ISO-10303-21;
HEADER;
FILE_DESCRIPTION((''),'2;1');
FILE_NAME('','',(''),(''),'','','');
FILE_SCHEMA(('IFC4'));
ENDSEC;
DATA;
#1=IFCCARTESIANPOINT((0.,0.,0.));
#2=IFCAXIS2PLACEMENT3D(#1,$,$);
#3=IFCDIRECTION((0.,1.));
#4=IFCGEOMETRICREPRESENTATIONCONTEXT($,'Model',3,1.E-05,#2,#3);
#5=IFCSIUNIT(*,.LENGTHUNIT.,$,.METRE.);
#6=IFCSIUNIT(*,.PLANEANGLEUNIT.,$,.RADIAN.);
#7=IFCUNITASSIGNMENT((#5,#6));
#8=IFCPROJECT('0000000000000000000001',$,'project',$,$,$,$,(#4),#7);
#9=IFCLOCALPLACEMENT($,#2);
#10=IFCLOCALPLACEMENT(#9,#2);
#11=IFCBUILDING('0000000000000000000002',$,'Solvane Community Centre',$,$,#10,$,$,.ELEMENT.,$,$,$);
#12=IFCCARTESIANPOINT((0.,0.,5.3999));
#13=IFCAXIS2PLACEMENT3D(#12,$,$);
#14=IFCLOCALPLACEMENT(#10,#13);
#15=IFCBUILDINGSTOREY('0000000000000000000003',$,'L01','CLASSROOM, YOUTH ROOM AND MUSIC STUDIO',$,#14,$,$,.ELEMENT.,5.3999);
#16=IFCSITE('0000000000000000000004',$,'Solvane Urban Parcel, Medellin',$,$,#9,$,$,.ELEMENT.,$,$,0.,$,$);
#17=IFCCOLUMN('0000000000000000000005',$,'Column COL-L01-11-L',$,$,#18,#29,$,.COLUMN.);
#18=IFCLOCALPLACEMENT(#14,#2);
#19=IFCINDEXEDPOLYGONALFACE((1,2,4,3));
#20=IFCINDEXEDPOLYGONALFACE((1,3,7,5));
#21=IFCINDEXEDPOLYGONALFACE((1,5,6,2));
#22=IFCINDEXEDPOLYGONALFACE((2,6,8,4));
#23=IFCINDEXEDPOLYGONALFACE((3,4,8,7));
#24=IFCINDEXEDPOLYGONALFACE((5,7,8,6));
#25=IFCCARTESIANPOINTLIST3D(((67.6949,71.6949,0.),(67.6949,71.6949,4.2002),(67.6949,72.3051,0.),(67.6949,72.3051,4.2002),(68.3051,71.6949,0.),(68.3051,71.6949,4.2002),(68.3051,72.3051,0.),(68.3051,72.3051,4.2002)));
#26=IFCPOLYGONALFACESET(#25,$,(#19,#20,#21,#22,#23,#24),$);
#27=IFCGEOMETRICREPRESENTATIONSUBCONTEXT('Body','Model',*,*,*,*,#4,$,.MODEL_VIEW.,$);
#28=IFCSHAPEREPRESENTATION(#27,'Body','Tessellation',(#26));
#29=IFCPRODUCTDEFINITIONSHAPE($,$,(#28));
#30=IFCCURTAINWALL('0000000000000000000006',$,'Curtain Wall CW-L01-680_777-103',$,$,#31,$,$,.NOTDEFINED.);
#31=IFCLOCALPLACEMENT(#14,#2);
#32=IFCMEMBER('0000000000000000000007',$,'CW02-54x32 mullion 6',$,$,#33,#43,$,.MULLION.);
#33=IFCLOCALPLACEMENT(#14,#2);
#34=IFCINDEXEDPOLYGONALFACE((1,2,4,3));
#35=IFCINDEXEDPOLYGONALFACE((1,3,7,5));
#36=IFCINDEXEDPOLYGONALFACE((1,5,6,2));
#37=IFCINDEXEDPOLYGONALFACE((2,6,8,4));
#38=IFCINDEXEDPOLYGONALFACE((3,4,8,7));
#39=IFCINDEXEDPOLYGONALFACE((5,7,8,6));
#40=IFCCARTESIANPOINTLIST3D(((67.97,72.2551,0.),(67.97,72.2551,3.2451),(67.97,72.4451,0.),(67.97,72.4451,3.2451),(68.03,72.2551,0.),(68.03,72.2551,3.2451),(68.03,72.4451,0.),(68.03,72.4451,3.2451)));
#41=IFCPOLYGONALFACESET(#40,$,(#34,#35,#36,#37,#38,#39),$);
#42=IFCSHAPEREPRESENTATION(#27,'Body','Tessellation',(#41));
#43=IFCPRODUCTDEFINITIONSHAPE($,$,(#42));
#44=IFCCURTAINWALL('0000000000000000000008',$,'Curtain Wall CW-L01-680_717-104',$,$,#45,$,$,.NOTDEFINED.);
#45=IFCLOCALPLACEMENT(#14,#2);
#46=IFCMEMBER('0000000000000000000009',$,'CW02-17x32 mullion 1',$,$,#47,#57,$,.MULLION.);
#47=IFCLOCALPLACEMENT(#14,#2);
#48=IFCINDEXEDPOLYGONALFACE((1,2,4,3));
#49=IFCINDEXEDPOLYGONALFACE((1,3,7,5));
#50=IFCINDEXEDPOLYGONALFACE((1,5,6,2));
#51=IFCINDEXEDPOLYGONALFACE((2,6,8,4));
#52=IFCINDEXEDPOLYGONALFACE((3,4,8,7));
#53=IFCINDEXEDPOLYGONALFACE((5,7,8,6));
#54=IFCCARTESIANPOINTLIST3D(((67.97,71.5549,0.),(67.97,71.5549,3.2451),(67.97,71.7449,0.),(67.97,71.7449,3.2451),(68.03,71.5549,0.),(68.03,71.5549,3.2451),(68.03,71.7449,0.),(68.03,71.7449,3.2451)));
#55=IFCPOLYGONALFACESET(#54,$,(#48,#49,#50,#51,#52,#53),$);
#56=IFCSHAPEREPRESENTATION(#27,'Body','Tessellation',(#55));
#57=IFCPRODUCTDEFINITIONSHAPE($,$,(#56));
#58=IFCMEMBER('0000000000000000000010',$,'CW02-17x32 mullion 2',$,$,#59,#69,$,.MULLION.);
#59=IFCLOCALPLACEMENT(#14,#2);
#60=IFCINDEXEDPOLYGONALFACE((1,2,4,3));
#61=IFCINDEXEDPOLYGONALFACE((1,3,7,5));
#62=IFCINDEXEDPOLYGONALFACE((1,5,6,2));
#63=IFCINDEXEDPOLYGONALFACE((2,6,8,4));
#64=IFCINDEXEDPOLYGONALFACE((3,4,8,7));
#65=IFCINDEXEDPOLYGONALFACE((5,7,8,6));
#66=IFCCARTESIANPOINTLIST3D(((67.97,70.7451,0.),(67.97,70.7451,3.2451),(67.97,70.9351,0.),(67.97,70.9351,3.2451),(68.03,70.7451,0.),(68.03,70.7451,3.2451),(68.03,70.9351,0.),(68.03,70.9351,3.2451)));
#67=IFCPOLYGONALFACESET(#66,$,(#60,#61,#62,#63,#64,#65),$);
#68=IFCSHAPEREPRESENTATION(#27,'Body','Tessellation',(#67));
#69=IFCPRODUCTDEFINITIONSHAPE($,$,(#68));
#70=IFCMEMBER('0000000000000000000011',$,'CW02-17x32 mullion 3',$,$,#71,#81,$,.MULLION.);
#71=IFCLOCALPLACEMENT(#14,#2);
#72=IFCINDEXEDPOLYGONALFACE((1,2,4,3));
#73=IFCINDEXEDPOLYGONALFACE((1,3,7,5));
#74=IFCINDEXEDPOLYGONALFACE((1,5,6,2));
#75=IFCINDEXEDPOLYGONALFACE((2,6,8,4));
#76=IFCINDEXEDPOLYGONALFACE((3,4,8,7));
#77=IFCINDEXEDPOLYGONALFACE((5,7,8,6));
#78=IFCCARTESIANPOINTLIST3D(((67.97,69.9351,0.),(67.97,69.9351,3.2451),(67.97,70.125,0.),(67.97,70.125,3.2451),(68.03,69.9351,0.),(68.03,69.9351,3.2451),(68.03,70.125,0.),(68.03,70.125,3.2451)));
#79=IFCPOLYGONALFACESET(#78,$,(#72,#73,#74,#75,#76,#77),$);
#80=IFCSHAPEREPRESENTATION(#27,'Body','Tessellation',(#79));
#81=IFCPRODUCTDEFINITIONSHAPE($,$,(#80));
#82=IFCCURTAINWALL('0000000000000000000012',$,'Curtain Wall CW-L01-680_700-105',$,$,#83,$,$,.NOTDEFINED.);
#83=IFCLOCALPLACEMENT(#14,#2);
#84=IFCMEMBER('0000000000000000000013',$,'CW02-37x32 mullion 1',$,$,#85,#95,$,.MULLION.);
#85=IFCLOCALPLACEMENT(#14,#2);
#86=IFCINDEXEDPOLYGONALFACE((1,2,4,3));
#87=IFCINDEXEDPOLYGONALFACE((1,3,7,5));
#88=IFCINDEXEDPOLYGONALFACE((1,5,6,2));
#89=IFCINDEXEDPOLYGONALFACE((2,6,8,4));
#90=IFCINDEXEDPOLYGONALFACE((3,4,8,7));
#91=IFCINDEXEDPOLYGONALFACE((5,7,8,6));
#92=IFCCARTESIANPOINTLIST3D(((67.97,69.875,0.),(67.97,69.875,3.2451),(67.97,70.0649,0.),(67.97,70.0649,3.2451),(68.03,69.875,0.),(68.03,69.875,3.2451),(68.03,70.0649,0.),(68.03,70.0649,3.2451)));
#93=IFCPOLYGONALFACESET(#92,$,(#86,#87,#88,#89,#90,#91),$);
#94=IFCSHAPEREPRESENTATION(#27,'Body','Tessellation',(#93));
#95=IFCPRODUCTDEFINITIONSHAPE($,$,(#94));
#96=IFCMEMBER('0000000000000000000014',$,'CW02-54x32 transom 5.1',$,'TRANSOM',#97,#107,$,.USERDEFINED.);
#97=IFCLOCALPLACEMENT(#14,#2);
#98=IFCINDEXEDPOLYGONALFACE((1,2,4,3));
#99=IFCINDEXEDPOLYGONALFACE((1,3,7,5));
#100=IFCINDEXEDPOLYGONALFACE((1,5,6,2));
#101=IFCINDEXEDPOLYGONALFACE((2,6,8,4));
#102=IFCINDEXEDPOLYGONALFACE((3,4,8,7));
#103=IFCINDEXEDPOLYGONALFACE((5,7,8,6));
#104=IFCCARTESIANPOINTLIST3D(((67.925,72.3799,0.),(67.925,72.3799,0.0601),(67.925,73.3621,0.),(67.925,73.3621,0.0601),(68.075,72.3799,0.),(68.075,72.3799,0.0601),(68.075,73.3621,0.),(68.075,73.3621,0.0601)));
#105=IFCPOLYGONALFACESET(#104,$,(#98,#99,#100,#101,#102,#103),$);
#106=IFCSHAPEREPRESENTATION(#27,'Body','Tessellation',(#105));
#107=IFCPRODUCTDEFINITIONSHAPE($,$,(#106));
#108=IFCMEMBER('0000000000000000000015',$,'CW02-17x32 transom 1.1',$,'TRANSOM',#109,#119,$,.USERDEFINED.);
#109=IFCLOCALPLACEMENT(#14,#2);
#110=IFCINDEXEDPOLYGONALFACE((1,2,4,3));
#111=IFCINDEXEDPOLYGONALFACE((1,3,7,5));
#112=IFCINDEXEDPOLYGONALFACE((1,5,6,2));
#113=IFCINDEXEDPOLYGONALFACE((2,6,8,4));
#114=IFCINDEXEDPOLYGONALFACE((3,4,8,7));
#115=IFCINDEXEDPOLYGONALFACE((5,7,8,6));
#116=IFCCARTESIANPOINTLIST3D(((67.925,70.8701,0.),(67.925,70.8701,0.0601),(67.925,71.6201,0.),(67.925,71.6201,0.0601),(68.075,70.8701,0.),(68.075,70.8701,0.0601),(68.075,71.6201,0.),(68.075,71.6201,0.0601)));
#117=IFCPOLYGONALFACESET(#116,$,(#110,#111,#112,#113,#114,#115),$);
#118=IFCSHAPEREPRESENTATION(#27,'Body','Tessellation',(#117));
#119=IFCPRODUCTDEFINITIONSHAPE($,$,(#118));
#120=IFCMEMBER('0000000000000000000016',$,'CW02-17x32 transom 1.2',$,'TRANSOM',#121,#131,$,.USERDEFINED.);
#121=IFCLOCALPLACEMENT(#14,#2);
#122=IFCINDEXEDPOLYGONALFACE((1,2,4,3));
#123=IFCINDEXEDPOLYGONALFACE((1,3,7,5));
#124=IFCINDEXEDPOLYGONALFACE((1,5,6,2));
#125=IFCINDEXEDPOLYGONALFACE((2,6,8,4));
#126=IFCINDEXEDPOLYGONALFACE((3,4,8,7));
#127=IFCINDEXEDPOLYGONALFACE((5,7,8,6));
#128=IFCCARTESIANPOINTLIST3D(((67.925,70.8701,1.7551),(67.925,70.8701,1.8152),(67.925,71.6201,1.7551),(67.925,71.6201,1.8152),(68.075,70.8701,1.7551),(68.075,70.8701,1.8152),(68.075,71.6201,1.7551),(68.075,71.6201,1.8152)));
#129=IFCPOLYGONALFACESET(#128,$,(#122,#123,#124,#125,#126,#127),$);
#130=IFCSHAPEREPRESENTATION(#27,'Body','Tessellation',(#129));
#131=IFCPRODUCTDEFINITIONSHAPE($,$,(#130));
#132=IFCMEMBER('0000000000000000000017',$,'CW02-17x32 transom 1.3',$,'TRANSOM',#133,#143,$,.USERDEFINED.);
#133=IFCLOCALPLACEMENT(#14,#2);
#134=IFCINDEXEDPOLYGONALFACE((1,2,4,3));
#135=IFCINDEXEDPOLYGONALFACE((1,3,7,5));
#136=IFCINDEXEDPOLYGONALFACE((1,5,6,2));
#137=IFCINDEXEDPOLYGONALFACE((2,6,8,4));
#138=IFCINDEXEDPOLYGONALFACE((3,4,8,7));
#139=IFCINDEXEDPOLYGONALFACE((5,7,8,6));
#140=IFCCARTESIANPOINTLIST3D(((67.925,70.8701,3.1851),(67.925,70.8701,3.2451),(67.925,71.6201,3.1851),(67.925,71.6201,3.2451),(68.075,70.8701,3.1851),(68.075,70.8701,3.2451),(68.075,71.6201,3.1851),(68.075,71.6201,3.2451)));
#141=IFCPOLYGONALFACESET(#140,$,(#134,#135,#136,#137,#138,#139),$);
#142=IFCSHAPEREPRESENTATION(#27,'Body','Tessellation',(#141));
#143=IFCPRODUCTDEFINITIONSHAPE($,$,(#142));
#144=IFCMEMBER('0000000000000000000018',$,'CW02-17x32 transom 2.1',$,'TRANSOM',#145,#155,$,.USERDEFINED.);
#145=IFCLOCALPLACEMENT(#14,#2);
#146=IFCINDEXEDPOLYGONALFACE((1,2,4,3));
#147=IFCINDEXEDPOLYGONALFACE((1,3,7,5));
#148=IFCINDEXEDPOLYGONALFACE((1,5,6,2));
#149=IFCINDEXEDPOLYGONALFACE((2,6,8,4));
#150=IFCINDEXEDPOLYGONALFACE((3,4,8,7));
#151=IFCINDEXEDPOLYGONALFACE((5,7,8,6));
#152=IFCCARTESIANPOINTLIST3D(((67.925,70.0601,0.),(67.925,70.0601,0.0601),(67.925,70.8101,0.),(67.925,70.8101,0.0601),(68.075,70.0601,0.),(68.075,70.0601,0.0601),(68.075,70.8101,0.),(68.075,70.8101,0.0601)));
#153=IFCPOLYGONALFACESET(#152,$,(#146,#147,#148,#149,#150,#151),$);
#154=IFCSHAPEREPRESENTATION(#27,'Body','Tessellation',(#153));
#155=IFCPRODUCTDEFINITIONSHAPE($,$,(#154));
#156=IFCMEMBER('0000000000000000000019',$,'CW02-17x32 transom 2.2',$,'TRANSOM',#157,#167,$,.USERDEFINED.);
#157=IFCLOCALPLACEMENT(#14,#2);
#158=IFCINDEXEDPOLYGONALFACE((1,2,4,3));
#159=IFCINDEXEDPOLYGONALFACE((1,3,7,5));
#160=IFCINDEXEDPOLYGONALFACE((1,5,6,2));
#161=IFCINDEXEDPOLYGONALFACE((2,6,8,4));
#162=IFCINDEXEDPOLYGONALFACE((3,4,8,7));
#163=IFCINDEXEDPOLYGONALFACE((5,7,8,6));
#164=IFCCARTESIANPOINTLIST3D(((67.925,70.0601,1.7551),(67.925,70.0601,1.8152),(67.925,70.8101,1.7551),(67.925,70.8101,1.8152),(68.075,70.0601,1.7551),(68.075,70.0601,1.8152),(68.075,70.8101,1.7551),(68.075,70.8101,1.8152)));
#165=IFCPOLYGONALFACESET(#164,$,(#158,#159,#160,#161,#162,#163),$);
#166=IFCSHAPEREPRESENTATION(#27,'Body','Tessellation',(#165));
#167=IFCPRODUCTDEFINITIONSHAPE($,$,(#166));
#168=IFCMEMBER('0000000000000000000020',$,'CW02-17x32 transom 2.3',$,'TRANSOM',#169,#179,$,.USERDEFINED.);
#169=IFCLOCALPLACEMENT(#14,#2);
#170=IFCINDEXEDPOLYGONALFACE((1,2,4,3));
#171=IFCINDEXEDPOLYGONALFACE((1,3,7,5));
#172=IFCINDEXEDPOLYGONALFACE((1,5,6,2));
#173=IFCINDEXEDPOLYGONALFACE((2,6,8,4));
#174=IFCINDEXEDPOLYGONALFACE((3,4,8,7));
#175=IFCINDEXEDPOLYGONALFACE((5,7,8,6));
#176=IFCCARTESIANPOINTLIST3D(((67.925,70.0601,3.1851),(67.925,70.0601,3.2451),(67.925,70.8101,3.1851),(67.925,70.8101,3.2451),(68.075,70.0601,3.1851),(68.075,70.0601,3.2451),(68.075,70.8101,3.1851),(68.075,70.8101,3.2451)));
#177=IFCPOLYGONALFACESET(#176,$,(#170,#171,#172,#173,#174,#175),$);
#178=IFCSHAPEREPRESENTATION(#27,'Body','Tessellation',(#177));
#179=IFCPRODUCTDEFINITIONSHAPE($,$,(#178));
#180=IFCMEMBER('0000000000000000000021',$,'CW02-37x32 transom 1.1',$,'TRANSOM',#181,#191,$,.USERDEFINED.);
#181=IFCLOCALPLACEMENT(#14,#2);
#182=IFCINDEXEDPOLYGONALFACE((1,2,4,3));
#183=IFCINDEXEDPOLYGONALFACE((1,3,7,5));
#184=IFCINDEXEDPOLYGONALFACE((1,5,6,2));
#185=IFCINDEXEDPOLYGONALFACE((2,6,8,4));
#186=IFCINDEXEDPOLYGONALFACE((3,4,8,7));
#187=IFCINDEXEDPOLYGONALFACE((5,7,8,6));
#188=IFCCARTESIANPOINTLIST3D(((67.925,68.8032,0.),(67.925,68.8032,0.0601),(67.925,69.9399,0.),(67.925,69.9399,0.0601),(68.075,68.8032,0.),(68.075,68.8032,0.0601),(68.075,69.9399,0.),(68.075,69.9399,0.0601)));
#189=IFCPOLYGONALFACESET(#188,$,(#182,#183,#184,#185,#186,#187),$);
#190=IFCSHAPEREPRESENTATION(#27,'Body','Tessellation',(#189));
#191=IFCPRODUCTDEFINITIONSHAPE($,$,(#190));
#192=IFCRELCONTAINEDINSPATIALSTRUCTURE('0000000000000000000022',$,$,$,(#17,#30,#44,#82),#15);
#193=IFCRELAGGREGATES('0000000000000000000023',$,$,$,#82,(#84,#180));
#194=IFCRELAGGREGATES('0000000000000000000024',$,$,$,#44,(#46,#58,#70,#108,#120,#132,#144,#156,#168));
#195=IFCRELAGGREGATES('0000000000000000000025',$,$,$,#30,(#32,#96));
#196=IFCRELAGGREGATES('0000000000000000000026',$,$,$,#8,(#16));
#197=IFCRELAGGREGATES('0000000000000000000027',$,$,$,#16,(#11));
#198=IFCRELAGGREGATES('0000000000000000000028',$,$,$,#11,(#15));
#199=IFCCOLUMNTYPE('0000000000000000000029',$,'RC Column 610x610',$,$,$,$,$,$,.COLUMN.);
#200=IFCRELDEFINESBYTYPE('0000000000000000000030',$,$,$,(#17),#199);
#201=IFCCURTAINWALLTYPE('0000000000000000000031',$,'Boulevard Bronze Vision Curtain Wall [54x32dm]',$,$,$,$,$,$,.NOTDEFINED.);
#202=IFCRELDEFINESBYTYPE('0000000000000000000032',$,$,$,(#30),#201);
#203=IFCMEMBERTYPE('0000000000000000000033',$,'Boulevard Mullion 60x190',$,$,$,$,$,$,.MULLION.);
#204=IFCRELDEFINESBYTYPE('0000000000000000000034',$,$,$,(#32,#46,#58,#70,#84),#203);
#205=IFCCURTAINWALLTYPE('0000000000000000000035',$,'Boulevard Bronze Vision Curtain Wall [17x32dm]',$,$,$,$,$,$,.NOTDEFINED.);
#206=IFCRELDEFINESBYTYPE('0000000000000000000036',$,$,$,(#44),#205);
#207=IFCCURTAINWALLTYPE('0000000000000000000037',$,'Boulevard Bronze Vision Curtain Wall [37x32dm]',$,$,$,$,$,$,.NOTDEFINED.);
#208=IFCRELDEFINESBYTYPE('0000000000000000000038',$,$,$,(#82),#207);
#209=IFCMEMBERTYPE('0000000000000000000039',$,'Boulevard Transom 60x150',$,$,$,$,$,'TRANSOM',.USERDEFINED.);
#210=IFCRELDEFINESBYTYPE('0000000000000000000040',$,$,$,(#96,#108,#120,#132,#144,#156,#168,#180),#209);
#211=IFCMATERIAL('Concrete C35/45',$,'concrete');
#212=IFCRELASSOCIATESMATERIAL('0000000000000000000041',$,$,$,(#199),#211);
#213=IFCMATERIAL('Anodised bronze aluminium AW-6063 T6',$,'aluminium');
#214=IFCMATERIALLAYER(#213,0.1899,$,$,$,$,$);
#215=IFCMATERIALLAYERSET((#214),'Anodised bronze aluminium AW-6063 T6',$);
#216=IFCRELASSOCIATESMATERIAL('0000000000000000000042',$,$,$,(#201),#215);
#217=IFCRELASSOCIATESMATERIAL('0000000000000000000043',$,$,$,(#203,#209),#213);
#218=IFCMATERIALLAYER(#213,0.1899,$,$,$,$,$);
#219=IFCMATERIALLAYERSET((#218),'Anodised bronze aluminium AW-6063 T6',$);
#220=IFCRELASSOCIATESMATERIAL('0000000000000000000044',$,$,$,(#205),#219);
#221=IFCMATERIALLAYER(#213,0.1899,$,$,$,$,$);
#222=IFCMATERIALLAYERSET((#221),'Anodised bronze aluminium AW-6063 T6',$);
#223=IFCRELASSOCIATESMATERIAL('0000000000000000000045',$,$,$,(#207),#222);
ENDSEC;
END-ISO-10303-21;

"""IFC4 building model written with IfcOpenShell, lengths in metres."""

from ifc_helpers import new_model, si_unit, direction, frame, origin, origin_2d, place, context, subcontext, project, spatial, rectangle, extrude, material, layer, layer_set, material_profile, profile_set, type_object, element, aggregate, save


model = new_model("IFC4")

# Units and contexts
model_context = context("Model", 3, precision=1e-05, world=origin(), true_north=direction((0.0, 1.0)))
body_context = subcontext(model_context, "Body", "Model", "MODEL_VIEW")
ifc_project = project(units=[si_unit("LENGTHUNIT", "METRE"), si_unit("PLANEANGLEUNIT", "RADIAN")], contexts=[model_context])

# Site, building, storey
site_placement = place(None, origin())
site = spatial("IfcSite", under=ifc_project, at=site_placement, Name="Solvane Urban Parcel, Medellin", CompositionType="ELEMENT", RefElevation=0.0)
building_placement = place(site_placement, origin())
building = spatial("IfcBuilding", under=site, at=building_placement, Name="Solvane Community Centre", CompositionType="ELEMENT")
storey_placement = place(building_placement, frame((0.0, 0.0, 5.3999)))
storey = spatial("IfcBuildingStorey", under=building, at=storey_placement, Name="L01", Description="CLASSROOM, YOUTH ROOM AND MUSIC STUDIO", CompositionType="ELEMENT", Elevation=5.3999)

# Column
ifc_material_1 = material(Name="Concrete C35/45", Category="concrete")
ifc_material_profile_1 = material_profile(ifc_material_1, rectangle(XDim=0.6101, YDim=0.6101, at=origin_2d()), Name="RC 610x610")
ifc_profile_set_1 = profile_set([ifc_material_profile_1], Name="Concrete C35/45")
column_type = type_object("IfcColumnType", Name="RC Column 610x610", PredefinedType="COLUMN", material=ifc_profile_set_1)
column_placement = place(storey_placement, frame((68.0, 72.0, 0.0), z_axis=(0.0, 0.0, 1.0), x_axis=(1.0, 0.0, 0.0)))
element("IfcColumn", 1, at=column_placement, inside=storey, type_object=column_type, Name="Column COL-L01-11-L", PredefinedType="COLUMN", context=body_context, shape_type="SweptSolid", body=[
    extrude(rectangle(XDim=0.6101, YDim=0.6101, at=origin_2d()), origin(), (0.0, 0.0, 1.0), 4.2002),
])

# Curtain wall, member
ifc_material_2 = material(Name="Anodised bronze aluminium AW-6063 T6", Category="aluminium")
ifc_layer_1 = layer(ifc_material_2, 0.1899)
ifc_layer_set_1 = layer_set([ifc_layer_1], Name="Anodised bronze aluminium AW-6063 T6")
curtain_wall_type_1 = type_object("IfcCurtainWallType", Name="Boulevard Bronze Vision Curtain Wall [54x32dm]", PredefinedType="NOTDEFINED", material=ifc_layer_set_1)
curtain_wall_1_placement = place(storey_placement, origin())
curtain_wall_1 = element("IfcCurtainWall", 2, at=curtain_wall_1_placement, inside=storey, type_object=curtain_wall_type_1, Name="Curtain Wall CW-L01-680_777-103", PredefinedType="NOTDEFINED")
ifc_material_profile_2 = material_profile(ifc_material_2, rectangle(XDim=0.0601, YDim=0.1899, at=origin_2d()), Name="CW-M 60x190")
ifc_profile_set_2 = profile_set([ifc_material_profile_2], Name="Anodised bronze aluminium AW-6063 T6")
member_type_1 = type_object("IfcMemberType", Name="Boulevard Mullion 60x190", PredefinedType="MULLION", material=ifc_profile_set_2)
member_1_placement = place(storey_placement, frame((68.0, 72.3501, 0.0), z_axis=(0.0, 0.0, 1.0), x_axis=(1.0, 0.0, 0.0)))
member_1 = element("IfcMember", 3, at=member_1_placement, type_object=member_type_1, Name="CW02-54x32 mullion 6", PredefinedType="MULLION", context=body_context, shape_type="SweptSolid", body=[
    extrude(rectangle(XDim=0.0601, YDim=0.1899, at=origin_2d()), origin(), (0.0, 0.0, 1.0), 3.2451),
])

# Curtain wall, members
ifc_layer_2 = layer(ifc_material_2, 0.1899)
ifc_layer_set_2 = layer_set([ifc_layer_2], Name="Anodised bronze aluminium AW-6063 T6")
curtain_wall_type_2 = type_object("IfcCurtainWallType", Name="Boulevard Bronze Vision Curtain Wall [17x32dm]", PredefinedType="NOTDEFINED", material=ifc_layer_set_2)
curtain_wall_2_placement = place(storey_placement, origin())
curtain_wall_2 = element("IfcCurtainWall", 4, at=curtain_wall_2_placement, inside=storey, type_object=curtain_wall_type_2, Name="Curtain Wall CW-L01-680_717-104", PredefinedType="NOTDEFINED")
member_2_placement = place(storey_placement, frame((68.0, 71.6499, 0.0), z_axis=(0.0, 0.0, 1.0), x_axis=(1.0, 0.0, 0.0)))
member_2 = element("IfcMember", 5, at=member_2_placement, type_object=member_type_1, Name="CW02-17x32 mullion 1", PredefinedType="MULLION", context=body_context, shape_type="SweptSolid", body=[
    extrude(rectangle(XDim=0.0601, YDim=0.1899, at=origin_2d()), origin(), (0.0, 0.0, 1.0), 3.2451),
])
member_3_placement = place(storey_placement, frame((68.0, 70.8401, 0.0), z_axis=(0.0, 0.0, 1.0), x_axis=(1.0, 0.0, 0.0)))
member_3 = element("IfcMember", 6, at=member_3_placement, type_object=member_type_1, Name="CW02-17x32 mullion 2", PredefinedType="MULLION", context=body_context, shape_type="SweptSolid", body=[
    extrude(rectangle(XDim=0.0601, YDim=0.1899, at=origin_2d()), origin(), (0.0, 0.0, 1.0), 3.2451),
])
member_4_placement = place(storey_placement, frame((68.0, 70.03, 0.0), z_axis=(0.0, 0.0, 1.0), x_axis=(1.0, 0.0, 0.0)))
member_4 = element("IfcMember", 7, at=member_4_placement, type_object=member_type_1, Name="CW02-17x32 mullion 3", PredefinedType="MULLION", context=body_context, shape_type="SweptSolid", body=[
    extrude(rectangle(XDim=0.0601, YDim=0.1899, at=origin_2d()), origin(), (0.0, 0.0, 1.0), 3.2451),
])

# Curtain wall, member
ifc_layer_3 = layer(ifc_material_2, 0.1899)
ifc_layer_set_3 = layer_set([ifc_layer_3], Name="Anodised bronze aluminium AW-6063 T6")
curtain_wall_type_3 = type_object("IfcCurtainWallType", Name="Boulevard Bronze Vision Curtain Wall [37x32dm]", PredefinedType="NOTDEFINED", material=ifc_layer_set_3)
curtain_wall_3_placement = place(storey_placement, origin())
curtain_wall_3 = element("IfcCurtainWall", 8, at=curtain_wall_3_placement, inside=storey, type_object=curtain_wall_type_3, Name="Curtain Wall CW-L01-680_700-105", PredefinedType="NOTDEFINED")
member_5_placement = place(storey_placement, frame((68.0, 69.97, 0.0), z_axis=(0.0, 0.0, 1.0), x_axis=(1.0, 0.0, 0.0)))
member_5 = element("IfcMember", 9, at=member_5_placement, type_object=member_type_1, Name="CW02-37x32 mullion 1", PredefinedType="MULLION", context=body_context, shape_type="SweptSolid", body=[
    extrude(rectangle(XDim=0.0601, YDim=0.1899, at=origin_2d()), origin(), (0.0, 0.0, 1.0), 3.2451),
])

# Members
ifc_material_profile_3 = material_profile(ifc_material_2, rectangle(XDim=0.1499, YDim=0.0601, at=origin_2d()), Name="CW-T 60x150")
ifc_profile_set_3 = profile_set([ifc_material_profile_3], Name="Anodised bronze aluminium AW-6063 T6")
member_type_2 = type_object("IfcMemberType", Name="Boulevard Transom 60x150", ElementType="TRANSOM", PredefinedType="USERDEFINED", material=ifc_profile_set_3)
member_6_placement = place(storey_placement, frame((68.0, 73.3621, 0.03), z_axis=(0.0, -1.0, 0.0), x_axis=(1.0, 0.0, 0.0)))
member_6 = element("IfcMember", 10, at=member_6_placement, type_object=member_type_2, Name="CW02-54x32 transom 5.1", ObjectType="TRANSOM", PredefinedType="USERDEFINED", context=body_context, shape_type="SweptSolid", body=[
    extrude(rectangle(XDim=0.1499, YDim=0.0601, at=origin_2d()), origin(), (0.0, 0.0, 1.0), 0.9822),
])
member_7_placement = place(storey_placement, frame((68.0, 71.6201, 0.03), z_axis=(0.0, -1.0, 0.0), x_axis=(1.0, 0.0, 0.0)))
member_7 = element("IfcMember", 11, at=member_7_placement, type_object=member_type_2, Name="CW02-17x32 transom 1.1", ObjectType="TRANSOM", PredefinedType="USERDEFINED", context=body_context, shape_type="SweptSolid", body=[
    extrude(rectangle(XDim=0.1499, YDim=0.0601, at=origin_2d()), origin(), (0.0, 0.0, 1.0), 0.75),
])
member_8_placement = place(storey_placement, frame((68.0, 71.6201, 1.7852), z_axis=(0.0, -1.0, 0.0), x_axis=(1.0, 0.0, 0.0)))
member_8 = element("IfcMember", 12, at=member_8_placement, type_object=member_type_2, Name="CW02-17x32 transom 1.2", ObjectType="TRANSOM", PredefinedType="USERDEFINED", context=body_context, shape_type="SweptSolid", body=[
    extrude(rectangle(XDim=0.1499, YDim=0.0601, at=origin_2d()), origin(), (0.0, 0.0, 1.0), 0.75),
])
member_9_placement = place(storey_placement, frame((68.0, 71.6201, 3.2151), z_axis=(0.0, -1.0, 0.0), x_axis=(1.0, 0.0, 0.0)))
member_9 = element("IfcMember", 13, at=member_9_placement, type_object=member_type_2, Name="CW02-17x32 transom 1.3", ObjectType="TRANSOM", PredefinedType="USERDEFINED", context=body_context, shape_type="SweptSolid", body=[
    extrude(rectangle(XDim=0.1499, YDim=0.0601, at=origin_2d()), origin(), (0.0, 0.0, 1.0), 0.75),
])
member_10_placement = place(storey_placement, frame((68.0, 70.8101, 0.03), z_axis=(0.0, -1.0, 0.0), x_axis=(1.0, 0.0, 0.0)))
member_10 = element("IfcMember", 14, at=member_10_placement, type_object=member_type_2, Name="CW02-17x32 transom 2.1", ObjectType="TRANSOM", PredefinedType="USERDEFINED", context=body_context, shape_type="SweptSolid", body=[
    extrude(rectangle(XDim=0.1499, YDim=0.0601, at=origin_2d()), origin(), (0.0, 0.0, 1.0), 0.75),
])
member_11_placement = place(storey_placement, frame((68.0, 70.8101, 1.7852), z_axis=(0.0, -1.0, 0.0), x_axis=(1.0, 0.0, 0.0)))
member_11 = element("IfcMember", 15, at=member_11_placement, type_object=member_type_2, Name="CW02-17x32 transom 2.2", ObjectType="TRANSOM", PredefinedType="USERDEFINED", context=body_context, shape_type="SweptSolid", body=[
    extrude(rectangle(XDim=0.1499, YDim=0.0601, at=origin_2d()), origin(), (0.0, 0.0, 1.0), 0.75),
])
member_12_placement = place(storey_placement, frame((68.0, 70.8101, 3.2151), z_axis=(0.0, -1.0, 0.0), x_axis=(1.0, 0.0, 0.0)))
member_12 = element("IfcMember", 16, at=member_12_placement, type_object=member_type_2, Name="CW02-17x32 transom 2.3", ObjectType="TRANSOM", PredefinedType="USERDEFINED", context=body_context, shape_type="SweptSolid", body=[
    extrude(rectangle(XDim=0.1499, YDim=0.0601, at=origin_2d()), origin(), (0.0, 0.0, 1.0), 0.75),
])
member_13_placement = place(storey_placement, frame((68.0, 69.9399, 0.03), z_axis=(0.0, -1.0, 0.0), x_axis=(1.0, 0.0, 0.0)))
member_13 = element("IfcMember", 17, at=member_13_placement, type_object=member_type_2, Name="CW02-37x32 transom 1.1", ObjectType="TRANSOM", PredefinedType="USERDEFINED", context=body_context, shape_type="SweptSolid", body=[
    extrude(rectangle(XDim=0.1499, YDim=0.0601, at=origin_2d()), origin(), (0.0, 0.0, 1.0), 1.1367),
])
aggregate(curtain_wall_3, [member_5, member_13])

aggregate(curtain_wall_2, [member_2, member_3, member_4, member_7, member_8, member_9, member_10, member_11, member_12])
aggregate(curtain_wall_1, [member_1, member_6])

save(model, "model.ifc")
